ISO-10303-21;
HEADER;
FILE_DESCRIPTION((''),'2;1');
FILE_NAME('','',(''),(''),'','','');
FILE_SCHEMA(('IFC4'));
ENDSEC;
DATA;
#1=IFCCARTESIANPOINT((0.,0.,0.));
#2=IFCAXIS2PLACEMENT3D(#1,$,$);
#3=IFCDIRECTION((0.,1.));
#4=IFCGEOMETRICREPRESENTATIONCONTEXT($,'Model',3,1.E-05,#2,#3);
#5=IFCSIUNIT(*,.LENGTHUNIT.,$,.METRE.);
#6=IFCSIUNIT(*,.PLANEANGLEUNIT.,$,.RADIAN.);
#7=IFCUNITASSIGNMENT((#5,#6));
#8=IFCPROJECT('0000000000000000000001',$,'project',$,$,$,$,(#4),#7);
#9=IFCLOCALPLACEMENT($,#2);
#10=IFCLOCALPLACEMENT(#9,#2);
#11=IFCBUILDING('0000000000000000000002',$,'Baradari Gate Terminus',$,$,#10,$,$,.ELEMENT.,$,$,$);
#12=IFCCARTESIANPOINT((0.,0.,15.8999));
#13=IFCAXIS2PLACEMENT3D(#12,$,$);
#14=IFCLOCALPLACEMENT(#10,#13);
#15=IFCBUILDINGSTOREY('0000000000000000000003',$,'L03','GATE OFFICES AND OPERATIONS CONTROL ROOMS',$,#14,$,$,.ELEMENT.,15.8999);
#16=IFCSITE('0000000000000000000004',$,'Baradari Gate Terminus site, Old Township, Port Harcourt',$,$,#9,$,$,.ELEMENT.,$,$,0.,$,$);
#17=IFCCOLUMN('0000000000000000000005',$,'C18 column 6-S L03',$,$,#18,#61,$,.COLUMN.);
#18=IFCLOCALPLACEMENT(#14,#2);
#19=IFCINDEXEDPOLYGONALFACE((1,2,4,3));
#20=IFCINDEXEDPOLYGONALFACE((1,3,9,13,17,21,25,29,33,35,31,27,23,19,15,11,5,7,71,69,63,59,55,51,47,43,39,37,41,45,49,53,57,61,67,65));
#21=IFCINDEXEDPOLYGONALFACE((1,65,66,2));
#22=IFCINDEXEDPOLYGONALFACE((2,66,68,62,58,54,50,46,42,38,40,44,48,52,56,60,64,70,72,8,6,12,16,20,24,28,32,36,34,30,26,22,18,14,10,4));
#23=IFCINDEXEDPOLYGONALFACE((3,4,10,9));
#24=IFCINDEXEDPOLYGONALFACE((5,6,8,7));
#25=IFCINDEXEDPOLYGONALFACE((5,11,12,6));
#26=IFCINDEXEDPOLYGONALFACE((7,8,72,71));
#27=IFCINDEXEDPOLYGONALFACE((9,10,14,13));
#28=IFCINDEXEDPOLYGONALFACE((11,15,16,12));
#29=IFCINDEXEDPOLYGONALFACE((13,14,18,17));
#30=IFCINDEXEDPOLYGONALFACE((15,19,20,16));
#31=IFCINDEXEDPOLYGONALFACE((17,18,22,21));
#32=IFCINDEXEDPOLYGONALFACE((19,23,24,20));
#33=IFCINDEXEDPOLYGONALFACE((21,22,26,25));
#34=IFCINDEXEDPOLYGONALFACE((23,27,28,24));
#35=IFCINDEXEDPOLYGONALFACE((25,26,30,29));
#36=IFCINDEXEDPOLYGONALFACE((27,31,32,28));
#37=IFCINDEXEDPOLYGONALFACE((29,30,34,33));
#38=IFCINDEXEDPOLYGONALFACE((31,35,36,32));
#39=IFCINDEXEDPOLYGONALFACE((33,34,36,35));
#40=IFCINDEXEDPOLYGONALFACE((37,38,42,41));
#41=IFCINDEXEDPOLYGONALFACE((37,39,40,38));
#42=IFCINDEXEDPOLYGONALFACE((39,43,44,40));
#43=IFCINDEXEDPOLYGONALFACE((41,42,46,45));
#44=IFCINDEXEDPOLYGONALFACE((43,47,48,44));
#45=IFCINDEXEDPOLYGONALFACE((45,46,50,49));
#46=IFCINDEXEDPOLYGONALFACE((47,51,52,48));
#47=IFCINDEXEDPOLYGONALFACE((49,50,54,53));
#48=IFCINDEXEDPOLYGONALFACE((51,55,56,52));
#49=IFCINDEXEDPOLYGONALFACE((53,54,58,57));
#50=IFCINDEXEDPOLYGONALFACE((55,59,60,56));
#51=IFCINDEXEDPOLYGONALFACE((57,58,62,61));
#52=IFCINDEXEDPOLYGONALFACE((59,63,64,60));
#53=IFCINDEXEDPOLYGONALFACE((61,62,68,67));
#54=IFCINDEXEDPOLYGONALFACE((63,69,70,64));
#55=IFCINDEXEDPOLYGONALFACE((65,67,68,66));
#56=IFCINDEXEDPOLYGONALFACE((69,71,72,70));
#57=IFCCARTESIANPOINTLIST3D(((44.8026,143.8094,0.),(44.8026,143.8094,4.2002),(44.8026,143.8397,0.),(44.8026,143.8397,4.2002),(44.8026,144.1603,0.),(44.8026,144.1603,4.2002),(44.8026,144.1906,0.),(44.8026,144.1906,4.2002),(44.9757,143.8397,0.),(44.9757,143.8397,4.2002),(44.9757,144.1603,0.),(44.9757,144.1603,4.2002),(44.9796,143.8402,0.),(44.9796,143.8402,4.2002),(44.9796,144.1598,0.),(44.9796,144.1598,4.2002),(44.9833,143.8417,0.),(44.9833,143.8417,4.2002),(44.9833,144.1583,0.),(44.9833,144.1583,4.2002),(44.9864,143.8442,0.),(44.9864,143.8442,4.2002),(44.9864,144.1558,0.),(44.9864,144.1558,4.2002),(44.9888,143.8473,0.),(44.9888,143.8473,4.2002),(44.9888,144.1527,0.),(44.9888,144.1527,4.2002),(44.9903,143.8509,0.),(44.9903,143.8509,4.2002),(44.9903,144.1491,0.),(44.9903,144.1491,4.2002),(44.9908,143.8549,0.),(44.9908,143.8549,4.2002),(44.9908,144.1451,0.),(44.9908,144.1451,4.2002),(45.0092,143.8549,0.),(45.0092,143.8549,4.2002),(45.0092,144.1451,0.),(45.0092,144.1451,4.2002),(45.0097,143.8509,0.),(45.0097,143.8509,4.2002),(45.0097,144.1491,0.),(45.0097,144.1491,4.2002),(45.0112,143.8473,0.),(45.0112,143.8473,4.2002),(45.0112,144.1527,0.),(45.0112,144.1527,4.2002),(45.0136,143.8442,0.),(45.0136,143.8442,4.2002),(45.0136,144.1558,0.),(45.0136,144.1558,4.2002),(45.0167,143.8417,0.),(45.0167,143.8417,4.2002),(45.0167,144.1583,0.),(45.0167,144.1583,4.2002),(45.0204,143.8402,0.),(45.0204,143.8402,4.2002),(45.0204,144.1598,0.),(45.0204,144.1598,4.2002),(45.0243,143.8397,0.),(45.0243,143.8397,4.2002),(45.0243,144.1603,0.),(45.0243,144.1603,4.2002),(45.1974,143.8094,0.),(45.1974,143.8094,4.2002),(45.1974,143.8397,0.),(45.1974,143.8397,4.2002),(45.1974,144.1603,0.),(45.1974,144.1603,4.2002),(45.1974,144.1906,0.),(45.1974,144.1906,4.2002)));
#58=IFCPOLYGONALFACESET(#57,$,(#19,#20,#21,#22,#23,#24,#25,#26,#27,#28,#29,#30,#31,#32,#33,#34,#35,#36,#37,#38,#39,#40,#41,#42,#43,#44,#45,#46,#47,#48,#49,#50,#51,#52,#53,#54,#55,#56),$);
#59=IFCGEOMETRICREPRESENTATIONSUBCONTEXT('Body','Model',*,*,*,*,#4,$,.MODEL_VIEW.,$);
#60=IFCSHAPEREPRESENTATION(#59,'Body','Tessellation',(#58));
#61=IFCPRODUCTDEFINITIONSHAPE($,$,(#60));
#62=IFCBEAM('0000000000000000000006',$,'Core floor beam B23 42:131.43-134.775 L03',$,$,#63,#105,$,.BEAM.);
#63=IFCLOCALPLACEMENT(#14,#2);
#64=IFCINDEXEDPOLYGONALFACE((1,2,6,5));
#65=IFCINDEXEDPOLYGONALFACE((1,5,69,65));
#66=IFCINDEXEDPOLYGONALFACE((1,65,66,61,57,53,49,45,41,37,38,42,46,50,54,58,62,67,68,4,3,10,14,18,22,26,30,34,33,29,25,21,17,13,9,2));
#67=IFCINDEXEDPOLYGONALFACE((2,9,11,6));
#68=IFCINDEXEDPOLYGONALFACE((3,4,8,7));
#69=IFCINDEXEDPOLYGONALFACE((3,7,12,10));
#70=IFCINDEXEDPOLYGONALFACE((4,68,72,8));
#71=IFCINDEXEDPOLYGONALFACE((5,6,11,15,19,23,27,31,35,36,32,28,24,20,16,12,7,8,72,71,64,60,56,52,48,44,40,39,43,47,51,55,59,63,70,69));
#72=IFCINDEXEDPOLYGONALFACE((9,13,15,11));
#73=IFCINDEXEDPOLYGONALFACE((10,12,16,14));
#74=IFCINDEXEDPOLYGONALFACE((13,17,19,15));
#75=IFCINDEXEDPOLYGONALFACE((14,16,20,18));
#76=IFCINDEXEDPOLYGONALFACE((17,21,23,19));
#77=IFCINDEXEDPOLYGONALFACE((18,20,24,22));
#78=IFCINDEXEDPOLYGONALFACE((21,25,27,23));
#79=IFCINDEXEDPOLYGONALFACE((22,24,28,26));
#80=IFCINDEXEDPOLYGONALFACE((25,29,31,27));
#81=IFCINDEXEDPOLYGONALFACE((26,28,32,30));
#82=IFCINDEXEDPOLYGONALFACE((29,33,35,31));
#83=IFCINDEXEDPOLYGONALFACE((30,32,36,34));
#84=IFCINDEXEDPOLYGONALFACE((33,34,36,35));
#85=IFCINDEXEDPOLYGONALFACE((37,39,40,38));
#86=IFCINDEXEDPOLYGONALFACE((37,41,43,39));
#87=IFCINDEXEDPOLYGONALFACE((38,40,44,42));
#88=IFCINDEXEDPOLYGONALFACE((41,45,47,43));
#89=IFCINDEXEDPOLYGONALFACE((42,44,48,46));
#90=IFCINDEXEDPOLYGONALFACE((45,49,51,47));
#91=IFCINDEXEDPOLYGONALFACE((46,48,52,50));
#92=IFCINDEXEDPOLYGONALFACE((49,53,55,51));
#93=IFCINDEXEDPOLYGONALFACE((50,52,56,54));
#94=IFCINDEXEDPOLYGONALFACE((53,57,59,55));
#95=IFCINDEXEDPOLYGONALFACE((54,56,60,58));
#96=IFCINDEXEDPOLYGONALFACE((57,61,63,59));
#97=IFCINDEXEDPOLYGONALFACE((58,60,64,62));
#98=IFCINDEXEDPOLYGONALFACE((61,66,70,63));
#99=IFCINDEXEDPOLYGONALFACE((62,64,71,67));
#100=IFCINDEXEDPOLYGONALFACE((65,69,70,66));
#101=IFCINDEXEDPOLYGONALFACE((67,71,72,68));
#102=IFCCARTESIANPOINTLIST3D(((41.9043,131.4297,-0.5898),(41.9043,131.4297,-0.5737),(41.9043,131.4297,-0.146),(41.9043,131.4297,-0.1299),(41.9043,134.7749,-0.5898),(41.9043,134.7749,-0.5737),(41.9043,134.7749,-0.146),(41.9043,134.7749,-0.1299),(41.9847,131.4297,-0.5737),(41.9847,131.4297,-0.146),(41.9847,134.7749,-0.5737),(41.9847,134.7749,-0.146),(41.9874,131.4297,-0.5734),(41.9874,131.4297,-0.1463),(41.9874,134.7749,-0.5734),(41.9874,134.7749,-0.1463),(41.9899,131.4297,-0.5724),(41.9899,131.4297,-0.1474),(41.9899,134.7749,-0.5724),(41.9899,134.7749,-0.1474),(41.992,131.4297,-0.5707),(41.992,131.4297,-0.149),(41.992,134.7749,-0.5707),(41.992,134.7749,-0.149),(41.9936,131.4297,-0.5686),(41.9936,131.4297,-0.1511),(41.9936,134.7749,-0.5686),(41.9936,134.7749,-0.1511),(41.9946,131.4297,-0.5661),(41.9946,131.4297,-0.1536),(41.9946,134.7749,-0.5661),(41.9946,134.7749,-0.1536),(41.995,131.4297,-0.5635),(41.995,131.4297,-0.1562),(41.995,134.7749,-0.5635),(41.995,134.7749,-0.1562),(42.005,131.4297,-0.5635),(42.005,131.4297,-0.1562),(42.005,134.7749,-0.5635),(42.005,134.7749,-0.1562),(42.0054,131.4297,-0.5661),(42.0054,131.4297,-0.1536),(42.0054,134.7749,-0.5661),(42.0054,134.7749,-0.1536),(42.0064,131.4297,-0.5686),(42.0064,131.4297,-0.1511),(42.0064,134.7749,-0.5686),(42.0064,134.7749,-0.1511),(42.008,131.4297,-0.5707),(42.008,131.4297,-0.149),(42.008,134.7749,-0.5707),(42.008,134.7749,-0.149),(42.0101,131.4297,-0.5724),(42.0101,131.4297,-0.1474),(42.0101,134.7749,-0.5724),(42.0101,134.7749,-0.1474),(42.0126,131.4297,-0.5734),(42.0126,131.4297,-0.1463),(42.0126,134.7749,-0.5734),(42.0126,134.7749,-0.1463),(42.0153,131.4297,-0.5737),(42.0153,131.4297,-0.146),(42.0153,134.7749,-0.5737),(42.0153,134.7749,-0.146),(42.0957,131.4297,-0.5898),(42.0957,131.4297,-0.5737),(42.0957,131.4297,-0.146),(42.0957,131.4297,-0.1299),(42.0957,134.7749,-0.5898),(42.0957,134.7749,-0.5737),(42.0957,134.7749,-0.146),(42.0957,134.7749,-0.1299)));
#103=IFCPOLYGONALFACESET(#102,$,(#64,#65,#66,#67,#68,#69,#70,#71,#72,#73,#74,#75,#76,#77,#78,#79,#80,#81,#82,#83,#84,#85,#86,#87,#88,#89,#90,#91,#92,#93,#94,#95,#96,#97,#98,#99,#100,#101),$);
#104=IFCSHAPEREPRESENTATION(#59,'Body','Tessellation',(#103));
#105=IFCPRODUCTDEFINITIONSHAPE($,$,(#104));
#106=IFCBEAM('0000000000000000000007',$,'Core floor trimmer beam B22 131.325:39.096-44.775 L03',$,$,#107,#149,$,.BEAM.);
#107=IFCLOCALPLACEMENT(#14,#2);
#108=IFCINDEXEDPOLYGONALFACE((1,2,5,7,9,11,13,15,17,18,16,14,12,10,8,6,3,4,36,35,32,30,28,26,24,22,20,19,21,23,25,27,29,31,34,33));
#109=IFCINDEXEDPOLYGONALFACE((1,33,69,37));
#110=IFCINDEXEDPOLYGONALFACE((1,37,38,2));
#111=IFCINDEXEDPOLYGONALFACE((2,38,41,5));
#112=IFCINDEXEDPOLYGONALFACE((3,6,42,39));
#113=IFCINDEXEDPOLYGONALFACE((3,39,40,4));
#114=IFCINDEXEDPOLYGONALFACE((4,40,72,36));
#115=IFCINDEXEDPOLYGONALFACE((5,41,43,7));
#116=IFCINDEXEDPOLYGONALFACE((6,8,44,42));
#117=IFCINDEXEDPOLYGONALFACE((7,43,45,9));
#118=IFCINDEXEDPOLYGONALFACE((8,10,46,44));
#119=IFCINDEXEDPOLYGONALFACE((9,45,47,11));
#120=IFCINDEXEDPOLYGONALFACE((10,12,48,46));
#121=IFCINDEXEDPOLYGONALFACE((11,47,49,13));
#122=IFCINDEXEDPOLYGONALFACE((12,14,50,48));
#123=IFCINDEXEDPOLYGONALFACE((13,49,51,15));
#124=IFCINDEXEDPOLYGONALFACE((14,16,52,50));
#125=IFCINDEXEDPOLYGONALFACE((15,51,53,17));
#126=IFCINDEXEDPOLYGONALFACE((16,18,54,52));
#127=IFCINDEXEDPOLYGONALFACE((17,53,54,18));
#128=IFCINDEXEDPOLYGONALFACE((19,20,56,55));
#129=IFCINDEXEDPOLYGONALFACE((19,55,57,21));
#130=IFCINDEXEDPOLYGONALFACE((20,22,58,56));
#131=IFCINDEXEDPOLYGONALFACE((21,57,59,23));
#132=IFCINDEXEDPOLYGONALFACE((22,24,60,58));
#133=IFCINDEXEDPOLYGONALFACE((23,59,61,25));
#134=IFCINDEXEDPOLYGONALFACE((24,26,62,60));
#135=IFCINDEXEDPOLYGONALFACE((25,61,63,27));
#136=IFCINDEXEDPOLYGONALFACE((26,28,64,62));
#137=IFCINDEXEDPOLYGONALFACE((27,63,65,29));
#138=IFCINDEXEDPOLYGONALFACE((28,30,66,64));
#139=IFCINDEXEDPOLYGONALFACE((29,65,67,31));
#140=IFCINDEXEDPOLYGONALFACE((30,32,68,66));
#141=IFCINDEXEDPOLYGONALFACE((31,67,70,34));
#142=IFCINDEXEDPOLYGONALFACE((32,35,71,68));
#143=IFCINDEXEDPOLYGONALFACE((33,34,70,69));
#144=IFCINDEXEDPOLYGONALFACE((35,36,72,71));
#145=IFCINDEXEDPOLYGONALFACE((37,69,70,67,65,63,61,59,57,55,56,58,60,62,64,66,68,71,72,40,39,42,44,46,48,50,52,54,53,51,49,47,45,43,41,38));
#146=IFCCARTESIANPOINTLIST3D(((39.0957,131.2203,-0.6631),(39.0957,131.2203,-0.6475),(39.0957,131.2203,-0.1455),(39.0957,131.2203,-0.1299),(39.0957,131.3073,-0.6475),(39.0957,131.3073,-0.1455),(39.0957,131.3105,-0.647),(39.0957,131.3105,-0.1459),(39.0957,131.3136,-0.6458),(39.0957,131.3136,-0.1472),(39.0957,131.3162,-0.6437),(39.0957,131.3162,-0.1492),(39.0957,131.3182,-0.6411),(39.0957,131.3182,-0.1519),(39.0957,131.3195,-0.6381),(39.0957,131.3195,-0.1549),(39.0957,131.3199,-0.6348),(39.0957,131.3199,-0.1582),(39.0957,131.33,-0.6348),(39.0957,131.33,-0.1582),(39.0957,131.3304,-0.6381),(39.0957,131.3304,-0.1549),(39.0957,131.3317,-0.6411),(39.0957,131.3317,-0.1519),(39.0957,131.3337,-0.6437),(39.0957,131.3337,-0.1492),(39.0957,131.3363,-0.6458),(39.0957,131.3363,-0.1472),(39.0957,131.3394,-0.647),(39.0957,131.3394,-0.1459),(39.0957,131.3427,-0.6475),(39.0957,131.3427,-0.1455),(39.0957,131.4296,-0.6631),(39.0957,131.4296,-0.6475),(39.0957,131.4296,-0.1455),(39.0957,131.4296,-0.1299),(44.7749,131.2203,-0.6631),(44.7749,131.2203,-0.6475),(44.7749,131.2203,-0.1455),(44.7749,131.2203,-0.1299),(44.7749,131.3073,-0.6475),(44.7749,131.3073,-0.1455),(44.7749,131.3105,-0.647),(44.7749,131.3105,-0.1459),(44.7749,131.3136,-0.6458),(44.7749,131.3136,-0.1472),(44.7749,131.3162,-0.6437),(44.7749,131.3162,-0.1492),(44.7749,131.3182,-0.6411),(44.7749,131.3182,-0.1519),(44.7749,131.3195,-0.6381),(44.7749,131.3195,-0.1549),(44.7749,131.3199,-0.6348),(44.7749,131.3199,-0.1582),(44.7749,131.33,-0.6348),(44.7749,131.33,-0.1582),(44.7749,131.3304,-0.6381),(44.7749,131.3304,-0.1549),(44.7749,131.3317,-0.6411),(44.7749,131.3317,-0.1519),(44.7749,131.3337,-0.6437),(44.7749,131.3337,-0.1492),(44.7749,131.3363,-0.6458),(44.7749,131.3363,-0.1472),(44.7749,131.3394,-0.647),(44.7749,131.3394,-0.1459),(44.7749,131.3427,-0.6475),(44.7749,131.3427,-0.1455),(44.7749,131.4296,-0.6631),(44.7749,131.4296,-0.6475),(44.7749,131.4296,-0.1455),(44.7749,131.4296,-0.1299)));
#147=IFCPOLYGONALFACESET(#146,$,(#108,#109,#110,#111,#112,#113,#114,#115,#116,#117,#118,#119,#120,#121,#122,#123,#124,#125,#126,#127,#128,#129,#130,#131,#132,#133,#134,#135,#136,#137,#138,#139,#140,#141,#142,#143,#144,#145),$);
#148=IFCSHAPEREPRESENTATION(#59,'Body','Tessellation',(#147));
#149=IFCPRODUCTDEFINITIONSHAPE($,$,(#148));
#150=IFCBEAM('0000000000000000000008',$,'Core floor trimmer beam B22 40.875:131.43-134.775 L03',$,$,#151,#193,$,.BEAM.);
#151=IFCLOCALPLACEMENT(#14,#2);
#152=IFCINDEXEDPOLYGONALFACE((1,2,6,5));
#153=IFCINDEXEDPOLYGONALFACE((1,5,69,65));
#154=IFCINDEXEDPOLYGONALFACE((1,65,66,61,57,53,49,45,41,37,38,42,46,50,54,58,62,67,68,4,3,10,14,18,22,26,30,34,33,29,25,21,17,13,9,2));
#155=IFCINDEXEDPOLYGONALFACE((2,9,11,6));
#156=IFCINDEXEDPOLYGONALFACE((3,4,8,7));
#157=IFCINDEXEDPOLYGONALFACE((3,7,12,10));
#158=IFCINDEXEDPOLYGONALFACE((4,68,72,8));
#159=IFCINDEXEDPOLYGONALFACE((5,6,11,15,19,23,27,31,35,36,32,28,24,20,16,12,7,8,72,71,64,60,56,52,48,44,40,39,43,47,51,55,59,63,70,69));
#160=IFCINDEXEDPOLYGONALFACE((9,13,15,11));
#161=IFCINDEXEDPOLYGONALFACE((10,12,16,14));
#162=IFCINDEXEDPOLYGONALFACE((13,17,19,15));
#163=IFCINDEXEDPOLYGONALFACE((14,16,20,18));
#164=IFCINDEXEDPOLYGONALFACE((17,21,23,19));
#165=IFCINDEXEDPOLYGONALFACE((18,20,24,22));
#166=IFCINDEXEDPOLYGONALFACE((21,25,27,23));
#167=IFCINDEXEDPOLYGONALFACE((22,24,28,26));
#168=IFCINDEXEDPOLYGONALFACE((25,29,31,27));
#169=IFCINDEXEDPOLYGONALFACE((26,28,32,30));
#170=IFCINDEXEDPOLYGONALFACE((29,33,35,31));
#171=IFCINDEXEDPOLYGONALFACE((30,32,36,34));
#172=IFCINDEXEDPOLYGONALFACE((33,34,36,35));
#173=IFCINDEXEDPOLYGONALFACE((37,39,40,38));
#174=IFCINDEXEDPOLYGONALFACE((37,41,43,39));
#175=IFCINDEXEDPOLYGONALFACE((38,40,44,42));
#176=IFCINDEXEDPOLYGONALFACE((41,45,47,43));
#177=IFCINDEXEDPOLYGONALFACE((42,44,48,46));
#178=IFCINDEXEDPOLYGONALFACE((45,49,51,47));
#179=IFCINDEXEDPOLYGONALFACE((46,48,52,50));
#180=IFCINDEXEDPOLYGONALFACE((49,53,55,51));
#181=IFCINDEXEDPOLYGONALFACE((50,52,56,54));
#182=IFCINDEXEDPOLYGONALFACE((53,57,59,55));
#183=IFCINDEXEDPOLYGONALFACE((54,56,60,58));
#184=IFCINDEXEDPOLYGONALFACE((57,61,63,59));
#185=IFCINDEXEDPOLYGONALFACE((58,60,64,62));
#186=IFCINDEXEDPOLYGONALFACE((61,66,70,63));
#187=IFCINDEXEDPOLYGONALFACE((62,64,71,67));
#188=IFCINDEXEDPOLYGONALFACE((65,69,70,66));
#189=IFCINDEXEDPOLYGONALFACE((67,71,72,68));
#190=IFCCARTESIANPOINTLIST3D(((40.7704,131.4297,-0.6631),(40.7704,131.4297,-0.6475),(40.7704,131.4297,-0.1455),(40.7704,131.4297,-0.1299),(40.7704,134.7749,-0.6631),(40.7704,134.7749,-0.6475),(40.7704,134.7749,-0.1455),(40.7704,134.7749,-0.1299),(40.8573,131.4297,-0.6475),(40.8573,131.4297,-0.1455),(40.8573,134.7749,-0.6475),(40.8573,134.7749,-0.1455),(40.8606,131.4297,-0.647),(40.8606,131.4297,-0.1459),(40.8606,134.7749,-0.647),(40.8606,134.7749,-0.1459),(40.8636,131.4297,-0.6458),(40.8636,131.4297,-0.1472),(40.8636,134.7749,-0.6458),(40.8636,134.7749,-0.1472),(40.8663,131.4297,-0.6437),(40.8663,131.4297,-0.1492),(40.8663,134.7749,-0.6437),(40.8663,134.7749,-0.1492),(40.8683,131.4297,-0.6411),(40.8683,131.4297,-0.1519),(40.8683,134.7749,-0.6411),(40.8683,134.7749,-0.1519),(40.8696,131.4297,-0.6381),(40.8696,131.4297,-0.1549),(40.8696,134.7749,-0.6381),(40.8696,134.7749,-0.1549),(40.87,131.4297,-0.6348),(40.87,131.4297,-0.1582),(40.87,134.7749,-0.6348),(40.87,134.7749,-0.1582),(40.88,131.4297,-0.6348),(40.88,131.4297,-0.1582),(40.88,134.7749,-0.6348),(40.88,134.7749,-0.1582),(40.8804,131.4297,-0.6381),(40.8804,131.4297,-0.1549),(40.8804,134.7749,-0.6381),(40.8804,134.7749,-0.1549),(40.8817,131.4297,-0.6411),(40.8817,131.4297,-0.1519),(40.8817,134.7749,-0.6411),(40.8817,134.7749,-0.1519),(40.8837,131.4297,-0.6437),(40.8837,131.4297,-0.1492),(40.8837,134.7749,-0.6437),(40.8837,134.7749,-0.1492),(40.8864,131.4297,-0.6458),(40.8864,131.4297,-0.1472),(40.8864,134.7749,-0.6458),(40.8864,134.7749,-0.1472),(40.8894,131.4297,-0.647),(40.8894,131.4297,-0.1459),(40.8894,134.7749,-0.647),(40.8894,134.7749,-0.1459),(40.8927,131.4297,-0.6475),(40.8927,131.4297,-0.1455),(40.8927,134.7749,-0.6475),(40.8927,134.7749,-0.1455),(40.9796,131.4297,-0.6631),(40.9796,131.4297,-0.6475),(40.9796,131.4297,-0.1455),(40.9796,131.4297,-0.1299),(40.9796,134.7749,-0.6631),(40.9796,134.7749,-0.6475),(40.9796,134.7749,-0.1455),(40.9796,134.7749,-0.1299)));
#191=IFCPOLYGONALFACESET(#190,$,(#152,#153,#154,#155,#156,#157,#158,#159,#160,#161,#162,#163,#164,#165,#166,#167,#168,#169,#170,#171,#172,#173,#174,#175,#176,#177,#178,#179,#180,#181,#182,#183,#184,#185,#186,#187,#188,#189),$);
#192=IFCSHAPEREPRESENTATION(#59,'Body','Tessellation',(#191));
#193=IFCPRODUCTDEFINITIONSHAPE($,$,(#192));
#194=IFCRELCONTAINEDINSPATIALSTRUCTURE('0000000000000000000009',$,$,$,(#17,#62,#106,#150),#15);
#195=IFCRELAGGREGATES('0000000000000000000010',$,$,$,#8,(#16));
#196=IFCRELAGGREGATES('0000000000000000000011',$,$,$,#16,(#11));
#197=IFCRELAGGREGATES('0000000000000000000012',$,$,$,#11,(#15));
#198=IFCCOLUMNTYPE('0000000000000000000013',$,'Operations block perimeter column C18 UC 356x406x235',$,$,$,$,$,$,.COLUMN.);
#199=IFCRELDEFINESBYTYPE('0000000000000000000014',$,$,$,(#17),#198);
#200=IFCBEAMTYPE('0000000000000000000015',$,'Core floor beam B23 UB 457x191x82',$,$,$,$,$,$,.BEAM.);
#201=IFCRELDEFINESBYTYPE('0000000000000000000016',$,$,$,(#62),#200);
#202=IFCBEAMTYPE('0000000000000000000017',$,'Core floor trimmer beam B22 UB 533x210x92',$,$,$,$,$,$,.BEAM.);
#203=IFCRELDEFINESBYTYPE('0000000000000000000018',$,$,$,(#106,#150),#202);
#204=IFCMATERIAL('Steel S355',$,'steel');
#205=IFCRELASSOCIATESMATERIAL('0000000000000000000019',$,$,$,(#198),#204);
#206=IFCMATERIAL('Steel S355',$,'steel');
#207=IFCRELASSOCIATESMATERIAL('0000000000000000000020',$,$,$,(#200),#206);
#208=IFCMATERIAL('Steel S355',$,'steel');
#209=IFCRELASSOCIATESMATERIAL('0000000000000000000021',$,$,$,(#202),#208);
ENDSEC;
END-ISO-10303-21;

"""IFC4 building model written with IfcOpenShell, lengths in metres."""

from ifc_helpers import new_model, si_unit, direction, frame, origin, origin_2d, place, context, subcontext, project, spatial, i_section, extrude, material, material_profile, profile_set, type_object, element, save


model = new_model("IFC4")

# Units and contexts
model_context = context("Model", 3, precision=1e-05, world=origin(), true_north=direction((0.0, 1.0)))
body_context = subcontext(model_context, "Body", "Model", "MODEL_VIEW")
ifc_project = project(units=[si_unit("LENGTHUNIT", "METRE"), si_unit("PLANEANGLEUNIT", "RADIAN")], contexts=[model_context])

# Site, building, storey
site_placement = place(None, origin())
site = spatial("IfcSite", under=ifc_project, at=site_placement, Name="Baradari Gate Terminus site, Old Township, Port Harcourt", CompositionType="ELEMENT", RefElevation=0.0)
building_placement = place(site_placement, origin())
building = spatial("IfcBuilding", under=site, at=building_placement, Name="Baradari Gate Terminus", CompositionType="ELEMENT")
storey_placement = place(building_placement, frame((0.0, 0.0, 15.8999)))
storey = spatial("IfcBuildingStorey", under=building, at=storey_placement, Name="L03", Description="GATE OFFICES AND OPERATIONS CONTROL ROOMS", CompositionType="ELEMENT", Elevation=15.8999)

# Column
ifc_material_1 = material(Name="Steel S355", Category="steel")
ifc_material_profile_1 = material_profile(ifc_material_1, i_section(OverallWidth=0.3948, OverallDepth=0.3811, WebThickness=0.0183, FlangeThickness=0.0303, FilletRadius=0.0151, at=origin_2d()), Name="UC 356x406x235")
ifc_profile_set_1 = profile_set([ifc_material_profile_1], Name="Steel S355")
column_type = type_object("IfcColumnType", Name="Operations block perimeter column C18 UC 356x406x235", PredefinedType="COLUMN", material=ifc_profile_set_1)
column_placement = place(storey_placement, frame((45.0, 144.0, 0.0), z_axis=(0.0, 0.0, 1.0), x_axis=(1.0, 0.0, 0.0)))
element("IfcColumn", 1, at=column_placement, inside=storey, type_object=column_type, Name="C18 column 6-S L03", PredefinedType="COLUMN", context=body_context, shape_type="SweptSolid", body=[
    extrude(i_section(OverallWidth=0.3948, OverallDepth=0.3811, WebThickness=0.0183, FlangeThickness=0.0303, FilletRadius=0.0151, at=origin_2d()), origin(), (0.0, 0.0, 1.0), 4.2002),
])

# Beams
ifc_material_2 = material(Name="Steel S355", Category="steel")
ifc_material_profile_2 = material_profile(ifc_material_2, i_section(OverallWidth=0.1914, OverallDepth=0.46, WebThickness=0.01, FlangeThickness=0.0161, FilletRadius=0.0103, at=origin_2d()), Name="UB 457x191x82")
ifc_profile_set_2 = profile_set([ifc_material_profile_2], Name="Steel S355")
beam_type_1 = type_object("IfcBeamType", Name="Core floor beam B23 UB 457x191x82", PredefinedType="BEAM", material=ifc_profile_set_2)
beam_1_placement = place(storey_placement, frame((42.0, 131.4297, -0.3599), z_axis=(0.0, 1.0, 0.0), x_axis=(-1.0, 0.0, 0.0)))
element("IfcBeam", 2, at=beam_1_placement, inside=storey, type_object=beam_type_1, Name="Core floor beam B23 42:131.43-134.775 L03", PredefinedType="BEAM", context=body_context, shape_type="SweptSolid", body=[
    extrude(i_section(OverallWidth=0.1914, OverallDepth=0.46, WebThickness=0.01, FlangeThickness=0.0161, FilletRadius=0.0103, at=origin_2d()), origin(), (0.0, 0.0, 1.0), 3.3452),
])
ifc_material_3 = material(Name="Steel S355", Category="steel")
ifc_material_profile_3 = material_profile(ifc_material_3, i_section(OverallWidth=0.2092, OverallDepth=0.5332, WebThickness=0.01, FlangeThickness=0.0156, FilletRadius=0.0127, at=origin_2d()), Name="UB 533x210x92")
ifc_profile_set_3 = profile_set([ifc_material_profile_3], Name="Steel S355")
beam_type_2 = type_object("IfcBeamType", Name="Core floor trimmer beam B22 UB 533x210x92", PredefinedType="BEAM", material=ifc_profile_set_3)
beam_2_placement = place(storey_placement, frame((39.0957, 131.325, -0.3965), z_axis=(1.0, 0.0, 0.0), x_axis=(0.0, 1.0, 0.0)))
element("IfcBeam", 3, at=beam_2_placement, inside=storey, type_object=beam_type_2, Name="Core floor trimmer beam B22 131.325:39.096-44.775 L03", PredefinedType="BEAM", context=body_context, shape_type="SweptSolid", body=[
    extrude(i_section(OverallWidth=0.2092, OverallDepth=0.5332, WebThickness=0.01, FlangeThickness=0.0156, FilletRadius=0.0127, at=origin_2d()), origin(), (0.0, 0.0, 1.0), 5.6792),
])
beam_3_placement = place(storey_placement, frame((40.875, 131.4297, -0.3965), z_axis=(0.0, 1.0, 0.0), x_axis=(-1.0, 0.0, 0.0)))
element("IfcBeam", 4, at=beam_3_placement, inside=storey, type_object=beam_type_2, Name="Core floor trimmer beam B22 40.875:131.43-134.775 L03", PredefinedType="BEAM", context=body_context, shape_type="SweptSolid", body=[
    extrude(i_section(OverallWidth=0.2092, OverallDepth=0.5332, WebThickness=0.01, FlangeThickness=0.0156, FilletRadius=0.0127, at=origin_2d()), origin(), (0.0, 0.0, 1.0), 3.3452),
])

save(model, "model.ifc")
